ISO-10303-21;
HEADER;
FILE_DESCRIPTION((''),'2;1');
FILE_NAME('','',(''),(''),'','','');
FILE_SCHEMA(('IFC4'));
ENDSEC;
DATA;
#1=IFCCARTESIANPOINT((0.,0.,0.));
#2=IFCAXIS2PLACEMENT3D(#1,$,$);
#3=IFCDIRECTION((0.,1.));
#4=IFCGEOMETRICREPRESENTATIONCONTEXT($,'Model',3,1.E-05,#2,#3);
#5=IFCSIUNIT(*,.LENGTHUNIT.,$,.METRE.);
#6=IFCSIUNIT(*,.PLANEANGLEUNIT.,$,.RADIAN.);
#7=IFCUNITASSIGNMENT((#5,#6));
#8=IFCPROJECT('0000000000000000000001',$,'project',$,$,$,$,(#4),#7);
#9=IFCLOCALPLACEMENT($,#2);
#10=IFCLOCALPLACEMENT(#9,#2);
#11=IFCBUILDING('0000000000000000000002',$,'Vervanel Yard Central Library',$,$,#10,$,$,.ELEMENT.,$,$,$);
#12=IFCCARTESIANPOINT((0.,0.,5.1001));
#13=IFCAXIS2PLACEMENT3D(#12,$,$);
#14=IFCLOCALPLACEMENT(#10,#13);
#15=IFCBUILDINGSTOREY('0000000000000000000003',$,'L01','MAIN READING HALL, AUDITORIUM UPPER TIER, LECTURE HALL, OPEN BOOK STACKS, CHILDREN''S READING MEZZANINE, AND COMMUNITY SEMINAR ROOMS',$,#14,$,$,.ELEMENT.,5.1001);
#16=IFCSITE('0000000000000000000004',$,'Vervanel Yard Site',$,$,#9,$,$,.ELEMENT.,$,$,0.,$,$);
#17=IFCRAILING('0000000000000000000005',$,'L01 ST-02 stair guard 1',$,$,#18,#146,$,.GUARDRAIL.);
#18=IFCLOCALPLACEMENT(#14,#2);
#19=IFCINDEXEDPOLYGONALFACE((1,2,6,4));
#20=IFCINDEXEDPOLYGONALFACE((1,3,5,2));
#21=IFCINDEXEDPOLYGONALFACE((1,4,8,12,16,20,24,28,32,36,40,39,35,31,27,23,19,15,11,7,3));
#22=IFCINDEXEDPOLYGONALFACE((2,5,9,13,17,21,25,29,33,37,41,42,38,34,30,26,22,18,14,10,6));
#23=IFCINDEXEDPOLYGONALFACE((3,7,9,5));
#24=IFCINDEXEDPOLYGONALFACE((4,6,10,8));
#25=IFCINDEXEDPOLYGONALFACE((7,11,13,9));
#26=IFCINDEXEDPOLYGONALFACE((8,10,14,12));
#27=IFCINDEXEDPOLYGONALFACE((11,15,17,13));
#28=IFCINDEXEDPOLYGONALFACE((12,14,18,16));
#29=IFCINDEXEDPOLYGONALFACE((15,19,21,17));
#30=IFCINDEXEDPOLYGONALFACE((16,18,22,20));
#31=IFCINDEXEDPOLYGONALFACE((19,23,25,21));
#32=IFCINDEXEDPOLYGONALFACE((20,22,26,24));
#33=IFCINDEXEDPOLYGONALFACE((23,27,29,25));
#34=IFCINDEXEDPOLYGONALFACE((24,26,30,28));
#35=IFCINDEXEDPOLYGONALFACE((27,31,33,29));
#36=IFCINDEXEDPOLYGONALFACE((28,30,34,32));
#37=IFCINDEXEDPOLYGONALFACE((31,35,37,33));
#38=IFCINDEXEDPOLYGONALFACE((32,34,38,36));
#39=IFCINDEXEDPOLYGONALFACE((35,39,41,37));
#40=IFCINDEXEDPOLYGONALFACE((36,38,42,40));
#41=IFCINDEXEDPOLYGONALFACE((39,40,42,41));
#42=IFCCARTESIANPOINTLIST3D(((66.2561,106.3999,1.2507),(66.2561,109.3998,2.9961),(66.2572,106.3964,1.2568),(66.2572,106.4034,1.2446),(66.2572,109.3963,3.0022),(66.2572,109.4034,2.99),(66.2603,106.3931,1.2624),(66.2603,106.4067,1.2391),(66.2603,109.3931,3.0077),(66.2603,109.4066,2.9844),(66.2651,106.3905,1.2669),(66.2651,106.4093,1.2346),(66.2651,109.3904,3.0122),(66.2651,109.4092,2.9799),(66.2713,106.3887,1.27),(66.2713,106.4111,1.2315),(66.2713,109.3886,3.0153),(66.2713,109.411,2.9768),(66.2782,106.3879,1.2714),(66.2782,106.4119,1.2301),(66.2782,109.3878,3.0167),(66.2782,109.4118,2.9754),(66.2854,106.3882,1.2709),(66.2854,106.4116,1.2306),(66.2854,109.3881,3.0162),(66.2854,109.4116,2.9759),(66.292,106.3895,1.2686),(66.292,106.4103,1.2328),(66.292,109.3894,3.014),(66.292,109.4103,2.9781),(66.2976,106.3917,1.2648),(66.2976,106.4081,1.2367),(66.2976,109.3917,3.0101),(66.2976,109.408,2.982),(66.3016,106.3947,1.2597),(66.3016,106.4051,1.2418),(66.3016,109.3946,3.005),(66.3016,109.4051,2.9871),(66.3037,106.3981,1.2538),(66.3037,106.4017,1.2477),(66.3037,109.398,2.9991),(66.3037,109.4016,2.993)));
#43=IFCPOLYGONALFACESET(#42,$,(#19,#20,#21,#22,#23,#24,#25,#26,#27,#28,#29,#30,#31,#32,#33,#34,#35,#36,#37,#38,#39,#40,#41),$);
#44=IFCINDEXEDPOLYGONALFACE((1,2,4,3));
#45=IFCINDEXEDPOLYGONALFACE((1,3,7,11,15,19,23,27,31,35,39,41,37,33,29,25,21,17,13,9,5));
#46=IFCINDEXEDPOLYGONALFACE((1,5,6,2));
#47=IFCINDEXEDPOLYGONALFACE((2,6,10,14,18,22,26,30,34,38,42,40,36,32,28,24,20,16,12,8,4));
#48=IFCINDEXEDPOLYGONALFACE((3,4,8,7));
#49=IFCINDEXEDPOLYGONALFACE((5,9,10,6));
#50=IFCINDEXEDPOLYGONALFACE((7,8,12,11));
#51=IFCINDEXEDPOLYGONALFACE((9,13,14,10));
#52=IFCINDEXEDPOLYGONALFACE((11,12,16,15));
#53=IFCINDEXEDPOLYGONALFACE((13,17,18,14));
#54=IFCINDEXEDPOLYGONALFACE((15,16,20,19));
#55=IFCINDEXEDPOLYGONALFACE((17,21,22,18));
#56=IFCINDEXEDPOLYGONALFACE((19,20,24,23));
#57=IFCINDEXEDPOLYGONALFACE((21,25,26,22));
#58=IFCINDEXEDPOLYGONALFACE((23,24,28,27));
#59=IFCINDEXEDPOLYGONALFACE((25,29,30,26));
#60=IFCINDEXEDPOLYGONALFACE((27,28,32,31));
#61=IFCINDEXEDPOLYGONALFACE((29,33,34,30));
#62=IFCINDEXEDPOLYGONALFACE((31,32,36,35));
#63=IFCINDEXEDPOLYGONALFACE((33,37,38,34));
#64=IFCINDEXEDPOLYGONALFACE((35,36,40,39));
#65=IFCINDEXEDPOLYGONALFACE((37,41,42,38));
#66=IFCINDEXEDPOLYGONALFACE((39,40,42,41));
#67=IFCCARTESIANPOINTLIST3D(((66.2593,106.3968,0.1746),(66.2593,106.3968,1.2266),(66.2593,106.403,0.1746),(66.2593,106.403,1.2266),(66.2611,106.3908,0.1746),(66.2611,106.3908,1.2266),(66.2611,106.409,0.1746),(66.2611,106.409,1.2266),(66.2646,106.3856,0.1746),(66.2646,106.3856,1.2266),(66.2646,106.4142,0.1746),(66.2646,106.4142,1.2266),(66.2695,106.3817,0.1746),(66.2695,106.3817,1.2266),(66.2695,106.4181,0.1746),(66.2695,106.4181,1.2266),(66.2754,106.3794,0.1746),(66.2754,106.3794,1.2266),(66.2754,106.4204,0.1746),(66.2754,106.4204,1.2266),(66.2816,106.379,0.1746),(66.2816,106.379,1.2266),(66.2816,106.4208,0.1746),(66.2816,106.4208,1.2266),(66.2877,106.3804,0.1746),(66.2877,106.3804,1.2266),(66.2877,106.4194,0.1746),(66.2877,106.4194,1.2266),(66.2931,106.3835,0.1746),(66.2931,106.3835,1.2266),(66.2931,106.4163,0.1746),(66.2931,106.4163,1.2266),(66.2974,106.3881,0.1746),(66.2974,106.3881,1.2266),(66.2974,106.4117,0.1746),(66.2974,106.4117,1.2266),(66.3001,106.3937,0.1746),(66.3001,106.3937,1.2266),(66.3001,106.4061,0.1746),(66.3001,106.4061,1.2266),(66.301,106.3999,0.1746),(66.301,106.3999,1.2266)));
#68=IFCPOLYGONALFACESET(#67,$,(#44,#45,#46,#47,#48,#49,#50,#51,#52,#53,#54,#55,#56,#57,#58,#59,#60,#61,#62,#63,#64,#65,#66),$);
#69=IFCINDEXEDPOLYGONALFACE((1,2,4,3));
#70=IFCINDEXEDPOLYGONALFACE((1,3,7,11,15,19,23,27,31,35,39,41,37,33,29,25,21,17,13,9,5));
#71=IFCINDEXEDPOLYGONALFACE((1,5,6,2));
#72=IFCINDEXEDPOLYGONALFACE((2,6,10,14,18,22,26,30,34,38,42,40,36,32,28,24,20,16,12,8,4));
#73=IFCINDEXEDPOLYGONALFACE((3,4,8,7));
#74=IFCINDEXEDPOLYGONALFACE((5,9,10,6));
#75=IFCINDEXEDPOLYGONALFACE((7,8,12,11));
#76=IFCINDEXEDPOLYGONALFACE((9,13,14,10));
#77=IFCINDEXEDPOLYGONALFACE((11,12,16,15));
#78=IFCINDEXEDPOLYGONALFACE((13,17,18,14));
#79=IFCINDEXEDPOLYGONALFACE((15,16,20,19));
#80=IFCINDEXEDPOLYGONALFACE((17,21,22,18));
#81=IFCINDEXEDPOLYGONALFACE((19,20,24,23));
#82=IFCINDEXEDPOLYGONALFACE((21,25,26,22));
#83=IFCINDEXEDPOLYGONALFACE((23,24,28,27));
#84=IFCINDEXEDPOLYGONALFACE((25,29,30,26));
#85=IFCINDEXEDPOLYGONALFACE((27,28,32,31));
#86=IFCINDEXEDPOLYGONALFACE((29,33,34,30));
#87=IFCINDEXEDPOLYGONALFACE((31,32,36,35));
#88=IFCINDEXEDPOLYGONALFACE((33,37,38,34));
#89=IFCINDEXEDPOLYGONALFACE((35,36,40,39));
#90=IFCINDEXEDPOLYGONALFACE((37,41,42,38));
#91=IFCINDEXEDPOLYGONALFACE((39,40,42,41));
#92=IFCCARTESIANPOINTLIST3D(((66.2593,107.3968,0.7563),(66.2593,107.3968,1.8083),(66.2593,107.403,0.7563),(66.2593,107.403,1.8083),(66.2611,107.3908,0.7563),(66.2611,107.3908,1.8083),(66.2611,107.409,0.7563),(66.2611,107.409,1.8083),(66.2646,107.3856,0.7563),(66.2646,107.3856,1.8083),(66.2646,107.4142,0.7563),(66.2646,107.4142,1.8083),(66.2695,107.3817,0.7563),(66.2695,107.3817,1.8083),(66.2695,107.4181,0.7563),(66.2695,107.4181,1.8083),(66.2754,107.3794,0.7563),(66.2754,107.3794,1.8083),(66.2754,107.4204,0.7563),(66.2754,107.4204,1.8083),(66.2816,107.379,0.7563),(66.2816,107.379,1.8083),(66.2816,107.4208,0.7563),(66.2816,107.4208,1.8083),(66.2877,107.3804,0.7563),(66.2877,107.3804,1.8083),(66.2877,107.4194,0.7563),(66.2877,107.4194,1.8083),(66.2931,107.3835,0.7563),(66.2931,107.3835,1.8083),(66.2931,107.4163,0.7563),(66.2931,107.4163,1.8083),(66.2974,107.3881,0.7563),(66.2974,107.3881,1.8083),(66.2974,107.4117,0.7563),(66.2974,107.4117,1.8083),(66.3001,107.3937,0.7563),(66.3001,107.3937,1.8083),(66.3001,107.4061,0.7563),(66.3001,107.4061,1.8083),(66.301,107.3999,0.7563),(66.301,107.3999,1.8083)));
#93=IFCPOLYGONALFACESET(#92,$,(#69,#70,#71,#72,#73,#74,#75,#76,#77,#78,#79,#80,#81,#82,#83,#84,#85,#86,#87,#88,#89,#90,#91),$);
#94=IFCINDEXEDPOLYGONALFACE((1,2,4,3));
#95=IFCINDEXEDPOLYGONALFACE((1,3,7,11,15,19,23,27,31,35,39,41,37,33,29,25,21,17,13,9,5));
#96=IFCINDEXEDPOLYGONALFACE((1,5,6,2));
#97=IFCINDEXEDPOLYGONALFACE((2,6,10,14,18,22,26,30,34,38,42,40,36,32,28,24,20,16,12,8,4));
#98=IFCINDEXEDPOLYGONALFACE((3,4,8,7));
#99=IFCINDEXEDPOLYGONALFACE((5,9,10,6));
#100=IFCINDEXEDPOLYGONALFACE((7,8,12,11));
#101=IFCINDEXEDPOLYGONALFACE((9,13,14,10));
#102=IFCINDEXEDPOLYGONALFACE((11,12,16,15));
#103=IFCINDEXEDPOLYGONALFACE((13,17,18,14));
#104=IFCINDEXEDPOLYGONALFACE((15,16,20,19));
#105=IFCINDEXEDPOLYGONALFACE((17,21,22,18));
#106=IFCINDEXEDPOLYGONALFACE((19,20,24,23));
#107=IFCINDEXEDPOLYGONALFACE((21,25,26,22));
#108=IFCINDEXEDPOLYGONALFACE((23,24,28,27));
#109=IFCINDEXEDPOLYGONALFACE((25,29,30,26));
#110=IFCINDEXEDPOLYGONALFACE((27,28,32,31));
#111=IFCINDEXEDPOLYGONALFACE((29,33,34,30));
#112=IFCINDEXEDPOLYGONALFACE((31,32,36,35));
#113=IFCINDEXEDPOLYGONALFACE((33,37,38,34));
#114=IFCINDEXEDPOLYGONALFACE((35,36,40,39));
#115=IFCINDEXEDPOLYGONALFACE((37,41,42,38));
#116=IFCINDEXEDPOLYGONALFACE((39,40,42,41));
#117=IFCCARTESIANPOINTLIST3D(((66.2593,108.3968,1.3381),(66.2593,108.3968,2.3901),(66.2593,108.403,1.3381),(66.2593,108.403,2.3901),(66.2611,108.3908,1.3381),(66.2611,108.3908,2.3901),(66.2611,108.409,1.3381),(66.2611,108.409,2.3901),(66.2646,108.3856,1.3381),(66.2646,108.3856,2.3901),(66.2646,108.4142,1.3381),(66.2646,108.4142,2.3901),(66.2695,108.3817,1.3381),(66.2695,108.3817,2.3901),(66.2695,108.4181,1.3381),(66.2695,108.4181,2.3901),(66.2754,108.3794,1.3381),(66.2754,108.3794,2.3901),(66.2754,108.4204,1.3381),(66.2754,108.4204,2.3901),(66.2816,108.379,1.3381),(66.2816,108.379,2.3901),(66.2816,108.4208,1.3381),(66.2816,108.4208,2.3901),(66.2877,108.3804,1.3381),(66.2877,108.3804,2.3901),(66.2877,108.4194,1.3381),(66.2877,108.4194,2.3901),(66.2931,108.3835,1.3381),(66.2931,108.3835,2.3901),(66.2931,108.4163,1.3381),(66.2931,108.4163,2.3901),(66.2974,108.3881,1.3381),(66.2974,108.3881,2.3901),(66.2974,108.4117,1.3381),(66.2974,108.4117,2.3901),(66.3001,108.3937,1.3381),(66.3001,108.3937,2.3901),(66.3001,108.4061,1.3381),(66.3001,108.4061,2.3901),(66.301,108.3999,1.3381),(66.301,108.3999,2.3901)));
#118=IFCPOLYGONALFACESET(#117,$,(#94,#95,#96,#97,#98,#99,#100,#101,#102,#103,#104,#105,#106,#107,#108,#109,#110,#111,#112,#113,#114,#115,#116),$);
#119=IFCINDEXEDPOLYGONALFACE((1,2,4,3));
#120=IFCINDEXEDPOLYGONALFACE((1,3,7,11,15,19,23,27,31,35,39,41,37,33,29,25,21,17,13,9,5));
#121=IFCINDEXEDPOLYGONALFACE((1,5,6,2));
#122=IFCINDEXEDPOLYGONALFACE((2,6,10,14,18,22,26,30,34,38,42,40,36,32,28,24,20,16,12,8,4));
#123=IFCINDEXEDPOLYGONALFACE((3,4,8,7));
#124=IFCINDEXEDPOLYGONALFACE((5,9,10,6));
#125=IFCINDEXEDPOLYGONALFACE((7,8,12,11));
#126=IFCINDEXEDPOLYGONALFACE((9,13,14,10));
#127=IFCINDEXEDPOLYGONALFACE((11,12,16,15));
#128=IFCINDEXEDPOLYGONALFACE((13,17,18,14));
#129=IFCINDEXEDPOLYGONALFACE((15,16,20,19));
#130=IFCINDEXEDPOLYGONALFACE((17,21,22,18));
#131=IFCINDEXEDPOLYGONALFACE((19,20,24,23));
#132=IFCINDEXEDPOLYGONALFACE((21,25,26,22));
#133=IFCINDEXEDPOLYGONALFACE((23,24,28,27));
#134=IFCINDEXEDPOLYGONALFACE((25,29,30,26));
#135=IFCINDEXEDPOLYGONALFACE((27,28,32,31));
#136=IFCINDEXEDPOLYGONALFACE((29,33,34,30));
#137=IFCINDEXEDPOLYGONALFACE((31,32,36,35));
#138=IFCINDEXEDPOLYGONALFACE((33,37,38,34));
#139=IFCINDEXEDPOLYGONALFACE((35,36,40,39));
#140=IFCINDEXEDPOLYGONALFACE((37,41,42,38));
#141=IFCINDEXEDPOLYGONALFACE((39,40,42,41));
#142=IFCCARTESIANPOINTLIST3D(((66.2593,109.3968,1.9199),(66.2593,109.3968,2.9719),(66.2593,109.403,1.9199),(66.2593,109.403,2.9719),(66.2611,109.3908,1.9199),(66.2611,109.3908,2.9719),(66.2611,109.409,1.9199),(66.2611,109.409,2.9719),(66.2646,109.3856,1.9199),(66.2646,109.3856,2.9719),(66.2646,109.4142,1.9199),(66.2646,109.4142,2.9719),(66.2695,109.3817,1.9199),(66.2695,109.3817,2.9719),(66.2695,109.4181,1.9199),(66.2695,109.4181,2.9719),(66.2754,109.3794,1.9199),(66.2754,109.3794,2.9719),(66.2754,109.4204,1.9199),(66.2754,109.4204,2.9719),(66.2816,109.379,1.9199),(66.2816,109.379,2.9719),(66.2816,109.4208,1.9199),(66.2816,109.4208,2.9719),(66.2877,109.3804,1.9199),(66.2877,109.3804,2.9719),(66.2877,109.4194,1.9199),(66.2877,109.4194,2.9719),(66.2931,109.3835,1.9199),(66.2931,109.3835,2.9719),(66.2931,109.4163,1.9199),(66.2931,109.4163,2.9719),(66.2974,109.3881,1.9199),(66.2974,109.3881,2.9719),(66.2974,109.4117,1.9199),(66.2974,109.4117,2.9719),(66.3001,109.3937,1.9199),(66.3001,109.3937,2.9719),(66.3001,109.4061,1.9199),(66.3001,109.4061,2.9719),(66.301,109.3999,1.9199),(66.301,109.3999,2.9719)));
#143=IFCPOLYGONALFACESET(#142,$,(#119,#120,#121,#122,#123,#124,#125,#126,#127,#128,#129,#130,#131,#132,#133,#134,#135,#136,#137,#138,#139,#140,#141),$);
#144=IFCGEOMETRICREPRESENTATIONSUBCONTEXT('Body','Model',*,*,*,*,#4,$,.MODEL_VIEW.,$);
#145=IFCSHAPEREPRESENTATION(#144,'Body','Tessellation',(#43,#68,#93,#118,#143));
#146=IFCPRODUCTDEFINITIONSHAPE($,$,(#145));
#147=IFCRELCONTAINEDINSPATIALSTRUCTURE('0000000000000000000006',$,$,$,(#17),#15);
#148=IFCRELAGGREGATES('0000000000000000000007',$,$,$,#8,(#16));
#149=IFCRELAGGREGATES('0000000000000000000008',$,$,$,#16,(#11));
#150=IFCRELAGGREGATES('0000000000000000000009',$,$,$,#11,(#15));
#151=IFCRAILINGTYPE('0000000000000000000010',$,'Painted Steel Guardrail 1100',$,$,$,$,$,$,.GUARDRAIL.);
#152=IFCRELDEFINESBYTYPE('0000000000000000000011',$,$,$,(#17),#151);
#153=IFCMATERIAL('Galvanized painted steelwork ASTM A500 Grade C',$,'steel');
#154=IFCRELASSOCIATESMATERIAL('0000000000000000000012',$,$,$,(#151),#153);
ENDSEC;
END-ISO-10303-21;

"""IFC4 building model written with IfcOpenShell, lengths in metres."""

from ifc_helpers import new_model, si_unit, direction, frame, origin, origin_2d, place, context, subcontext, project, spatial, circle, extrude, material, type_object, element, save


model = new_model("IFC4")

# Units and contexts
model_context = context("Model", 3, precision=1e-05, world=origin(), true_north=direction((0.0, 1.0)))
body_context = subcontext(model_context, "Body", "Model", "MODEL_VIEW")
ifc_project = project(units=[si_unit("LENGTHUNIT", "METRE"), si_unit("PLANEANGLEUNIT", "RADIAN")], contexts=[model_context])

# Site, building, storey
site_placement = place(None, origin())
site = spatial("IfcSite", under=ifc_project, at=site_placement, Name="Vervanel Yard Site", CompositionType="ELEMENT", RefElevation=0.0)
building_placement = place(site_placement, origin())
building = spatial("IfcBuilding", under=site, at=building_placement, Name="Vervanel Yard Central Library", CompositionType="ELEMENT")
storey_placement = place(building_placement, frame((0.0, 0.0, 5.1001)))
storey = spatial("IfcBuildingStorey", under=building, at=storey_placement, Name="L01", Description="MAIN READING HALL, AUDITORIUM UPPER TIER, LECTURE HALL, OPEN BOOK STACKS, CHILDREN'S READING MEZZANINE, AND COMMUNITY SEMINAR ROOMS", CompositionType="ELEMENT", Elevation=5.1001)

# Shared definitions
ifc_material_1 = material(Name="Galvanized painted steelwork ASTM A500 Grade C", Category="steel")

# Railing
railing_type_1 = type_object("IfcRailingType", Name="Painted Steel Guardrail 1100", PredefinedType="GUARDRAIL", material=ifc_material_1)
railing_1_placement = place(storey_placement, frame((66.28, 106.3999, 0.1746)))
element("IfcRailing", 1, at=railing_1_placement, inside=storey, type_object=railing_type_1, Name="L01 ST-02 stair guard 1", PredefinedType="GUARDRAIL", context=body_context, shape_type="SweptSolid", body=[
    extrude(circle(Radius=0.0239, at=origin_2d()), frame((0.0, 0.0, 1.0762), z_axis=(0.0, 0.86436, 0.502874), x_axis=(-1.0, 0.0, 0.0)), (0.0, 0.0, 1.0), 3.4707),
    extrude(circle(Radius=0.021, at=origin_2d()), origin(), (0.0, 0.0, 1.0), 1.052),
    extrude(circle(Radius=0.021, at=origin_2d()), frame((0.0, 1.0, 0.5818)), (0.0, 0.0, 1.0), 1.052),
    extrude(circle(Radius=0.021, at=origin_2d()), frame((0.0, 2.0, 1.1636)), (0.0, 0.0, 1.0), 1.052),
    extrude(circle(Radius=0.021, at=origin_2d()), frame((0.0, 3.0, 1.7454)), (0.0, 0.0, 1.0), 1.052),
])

save(model, "model.ifc")
